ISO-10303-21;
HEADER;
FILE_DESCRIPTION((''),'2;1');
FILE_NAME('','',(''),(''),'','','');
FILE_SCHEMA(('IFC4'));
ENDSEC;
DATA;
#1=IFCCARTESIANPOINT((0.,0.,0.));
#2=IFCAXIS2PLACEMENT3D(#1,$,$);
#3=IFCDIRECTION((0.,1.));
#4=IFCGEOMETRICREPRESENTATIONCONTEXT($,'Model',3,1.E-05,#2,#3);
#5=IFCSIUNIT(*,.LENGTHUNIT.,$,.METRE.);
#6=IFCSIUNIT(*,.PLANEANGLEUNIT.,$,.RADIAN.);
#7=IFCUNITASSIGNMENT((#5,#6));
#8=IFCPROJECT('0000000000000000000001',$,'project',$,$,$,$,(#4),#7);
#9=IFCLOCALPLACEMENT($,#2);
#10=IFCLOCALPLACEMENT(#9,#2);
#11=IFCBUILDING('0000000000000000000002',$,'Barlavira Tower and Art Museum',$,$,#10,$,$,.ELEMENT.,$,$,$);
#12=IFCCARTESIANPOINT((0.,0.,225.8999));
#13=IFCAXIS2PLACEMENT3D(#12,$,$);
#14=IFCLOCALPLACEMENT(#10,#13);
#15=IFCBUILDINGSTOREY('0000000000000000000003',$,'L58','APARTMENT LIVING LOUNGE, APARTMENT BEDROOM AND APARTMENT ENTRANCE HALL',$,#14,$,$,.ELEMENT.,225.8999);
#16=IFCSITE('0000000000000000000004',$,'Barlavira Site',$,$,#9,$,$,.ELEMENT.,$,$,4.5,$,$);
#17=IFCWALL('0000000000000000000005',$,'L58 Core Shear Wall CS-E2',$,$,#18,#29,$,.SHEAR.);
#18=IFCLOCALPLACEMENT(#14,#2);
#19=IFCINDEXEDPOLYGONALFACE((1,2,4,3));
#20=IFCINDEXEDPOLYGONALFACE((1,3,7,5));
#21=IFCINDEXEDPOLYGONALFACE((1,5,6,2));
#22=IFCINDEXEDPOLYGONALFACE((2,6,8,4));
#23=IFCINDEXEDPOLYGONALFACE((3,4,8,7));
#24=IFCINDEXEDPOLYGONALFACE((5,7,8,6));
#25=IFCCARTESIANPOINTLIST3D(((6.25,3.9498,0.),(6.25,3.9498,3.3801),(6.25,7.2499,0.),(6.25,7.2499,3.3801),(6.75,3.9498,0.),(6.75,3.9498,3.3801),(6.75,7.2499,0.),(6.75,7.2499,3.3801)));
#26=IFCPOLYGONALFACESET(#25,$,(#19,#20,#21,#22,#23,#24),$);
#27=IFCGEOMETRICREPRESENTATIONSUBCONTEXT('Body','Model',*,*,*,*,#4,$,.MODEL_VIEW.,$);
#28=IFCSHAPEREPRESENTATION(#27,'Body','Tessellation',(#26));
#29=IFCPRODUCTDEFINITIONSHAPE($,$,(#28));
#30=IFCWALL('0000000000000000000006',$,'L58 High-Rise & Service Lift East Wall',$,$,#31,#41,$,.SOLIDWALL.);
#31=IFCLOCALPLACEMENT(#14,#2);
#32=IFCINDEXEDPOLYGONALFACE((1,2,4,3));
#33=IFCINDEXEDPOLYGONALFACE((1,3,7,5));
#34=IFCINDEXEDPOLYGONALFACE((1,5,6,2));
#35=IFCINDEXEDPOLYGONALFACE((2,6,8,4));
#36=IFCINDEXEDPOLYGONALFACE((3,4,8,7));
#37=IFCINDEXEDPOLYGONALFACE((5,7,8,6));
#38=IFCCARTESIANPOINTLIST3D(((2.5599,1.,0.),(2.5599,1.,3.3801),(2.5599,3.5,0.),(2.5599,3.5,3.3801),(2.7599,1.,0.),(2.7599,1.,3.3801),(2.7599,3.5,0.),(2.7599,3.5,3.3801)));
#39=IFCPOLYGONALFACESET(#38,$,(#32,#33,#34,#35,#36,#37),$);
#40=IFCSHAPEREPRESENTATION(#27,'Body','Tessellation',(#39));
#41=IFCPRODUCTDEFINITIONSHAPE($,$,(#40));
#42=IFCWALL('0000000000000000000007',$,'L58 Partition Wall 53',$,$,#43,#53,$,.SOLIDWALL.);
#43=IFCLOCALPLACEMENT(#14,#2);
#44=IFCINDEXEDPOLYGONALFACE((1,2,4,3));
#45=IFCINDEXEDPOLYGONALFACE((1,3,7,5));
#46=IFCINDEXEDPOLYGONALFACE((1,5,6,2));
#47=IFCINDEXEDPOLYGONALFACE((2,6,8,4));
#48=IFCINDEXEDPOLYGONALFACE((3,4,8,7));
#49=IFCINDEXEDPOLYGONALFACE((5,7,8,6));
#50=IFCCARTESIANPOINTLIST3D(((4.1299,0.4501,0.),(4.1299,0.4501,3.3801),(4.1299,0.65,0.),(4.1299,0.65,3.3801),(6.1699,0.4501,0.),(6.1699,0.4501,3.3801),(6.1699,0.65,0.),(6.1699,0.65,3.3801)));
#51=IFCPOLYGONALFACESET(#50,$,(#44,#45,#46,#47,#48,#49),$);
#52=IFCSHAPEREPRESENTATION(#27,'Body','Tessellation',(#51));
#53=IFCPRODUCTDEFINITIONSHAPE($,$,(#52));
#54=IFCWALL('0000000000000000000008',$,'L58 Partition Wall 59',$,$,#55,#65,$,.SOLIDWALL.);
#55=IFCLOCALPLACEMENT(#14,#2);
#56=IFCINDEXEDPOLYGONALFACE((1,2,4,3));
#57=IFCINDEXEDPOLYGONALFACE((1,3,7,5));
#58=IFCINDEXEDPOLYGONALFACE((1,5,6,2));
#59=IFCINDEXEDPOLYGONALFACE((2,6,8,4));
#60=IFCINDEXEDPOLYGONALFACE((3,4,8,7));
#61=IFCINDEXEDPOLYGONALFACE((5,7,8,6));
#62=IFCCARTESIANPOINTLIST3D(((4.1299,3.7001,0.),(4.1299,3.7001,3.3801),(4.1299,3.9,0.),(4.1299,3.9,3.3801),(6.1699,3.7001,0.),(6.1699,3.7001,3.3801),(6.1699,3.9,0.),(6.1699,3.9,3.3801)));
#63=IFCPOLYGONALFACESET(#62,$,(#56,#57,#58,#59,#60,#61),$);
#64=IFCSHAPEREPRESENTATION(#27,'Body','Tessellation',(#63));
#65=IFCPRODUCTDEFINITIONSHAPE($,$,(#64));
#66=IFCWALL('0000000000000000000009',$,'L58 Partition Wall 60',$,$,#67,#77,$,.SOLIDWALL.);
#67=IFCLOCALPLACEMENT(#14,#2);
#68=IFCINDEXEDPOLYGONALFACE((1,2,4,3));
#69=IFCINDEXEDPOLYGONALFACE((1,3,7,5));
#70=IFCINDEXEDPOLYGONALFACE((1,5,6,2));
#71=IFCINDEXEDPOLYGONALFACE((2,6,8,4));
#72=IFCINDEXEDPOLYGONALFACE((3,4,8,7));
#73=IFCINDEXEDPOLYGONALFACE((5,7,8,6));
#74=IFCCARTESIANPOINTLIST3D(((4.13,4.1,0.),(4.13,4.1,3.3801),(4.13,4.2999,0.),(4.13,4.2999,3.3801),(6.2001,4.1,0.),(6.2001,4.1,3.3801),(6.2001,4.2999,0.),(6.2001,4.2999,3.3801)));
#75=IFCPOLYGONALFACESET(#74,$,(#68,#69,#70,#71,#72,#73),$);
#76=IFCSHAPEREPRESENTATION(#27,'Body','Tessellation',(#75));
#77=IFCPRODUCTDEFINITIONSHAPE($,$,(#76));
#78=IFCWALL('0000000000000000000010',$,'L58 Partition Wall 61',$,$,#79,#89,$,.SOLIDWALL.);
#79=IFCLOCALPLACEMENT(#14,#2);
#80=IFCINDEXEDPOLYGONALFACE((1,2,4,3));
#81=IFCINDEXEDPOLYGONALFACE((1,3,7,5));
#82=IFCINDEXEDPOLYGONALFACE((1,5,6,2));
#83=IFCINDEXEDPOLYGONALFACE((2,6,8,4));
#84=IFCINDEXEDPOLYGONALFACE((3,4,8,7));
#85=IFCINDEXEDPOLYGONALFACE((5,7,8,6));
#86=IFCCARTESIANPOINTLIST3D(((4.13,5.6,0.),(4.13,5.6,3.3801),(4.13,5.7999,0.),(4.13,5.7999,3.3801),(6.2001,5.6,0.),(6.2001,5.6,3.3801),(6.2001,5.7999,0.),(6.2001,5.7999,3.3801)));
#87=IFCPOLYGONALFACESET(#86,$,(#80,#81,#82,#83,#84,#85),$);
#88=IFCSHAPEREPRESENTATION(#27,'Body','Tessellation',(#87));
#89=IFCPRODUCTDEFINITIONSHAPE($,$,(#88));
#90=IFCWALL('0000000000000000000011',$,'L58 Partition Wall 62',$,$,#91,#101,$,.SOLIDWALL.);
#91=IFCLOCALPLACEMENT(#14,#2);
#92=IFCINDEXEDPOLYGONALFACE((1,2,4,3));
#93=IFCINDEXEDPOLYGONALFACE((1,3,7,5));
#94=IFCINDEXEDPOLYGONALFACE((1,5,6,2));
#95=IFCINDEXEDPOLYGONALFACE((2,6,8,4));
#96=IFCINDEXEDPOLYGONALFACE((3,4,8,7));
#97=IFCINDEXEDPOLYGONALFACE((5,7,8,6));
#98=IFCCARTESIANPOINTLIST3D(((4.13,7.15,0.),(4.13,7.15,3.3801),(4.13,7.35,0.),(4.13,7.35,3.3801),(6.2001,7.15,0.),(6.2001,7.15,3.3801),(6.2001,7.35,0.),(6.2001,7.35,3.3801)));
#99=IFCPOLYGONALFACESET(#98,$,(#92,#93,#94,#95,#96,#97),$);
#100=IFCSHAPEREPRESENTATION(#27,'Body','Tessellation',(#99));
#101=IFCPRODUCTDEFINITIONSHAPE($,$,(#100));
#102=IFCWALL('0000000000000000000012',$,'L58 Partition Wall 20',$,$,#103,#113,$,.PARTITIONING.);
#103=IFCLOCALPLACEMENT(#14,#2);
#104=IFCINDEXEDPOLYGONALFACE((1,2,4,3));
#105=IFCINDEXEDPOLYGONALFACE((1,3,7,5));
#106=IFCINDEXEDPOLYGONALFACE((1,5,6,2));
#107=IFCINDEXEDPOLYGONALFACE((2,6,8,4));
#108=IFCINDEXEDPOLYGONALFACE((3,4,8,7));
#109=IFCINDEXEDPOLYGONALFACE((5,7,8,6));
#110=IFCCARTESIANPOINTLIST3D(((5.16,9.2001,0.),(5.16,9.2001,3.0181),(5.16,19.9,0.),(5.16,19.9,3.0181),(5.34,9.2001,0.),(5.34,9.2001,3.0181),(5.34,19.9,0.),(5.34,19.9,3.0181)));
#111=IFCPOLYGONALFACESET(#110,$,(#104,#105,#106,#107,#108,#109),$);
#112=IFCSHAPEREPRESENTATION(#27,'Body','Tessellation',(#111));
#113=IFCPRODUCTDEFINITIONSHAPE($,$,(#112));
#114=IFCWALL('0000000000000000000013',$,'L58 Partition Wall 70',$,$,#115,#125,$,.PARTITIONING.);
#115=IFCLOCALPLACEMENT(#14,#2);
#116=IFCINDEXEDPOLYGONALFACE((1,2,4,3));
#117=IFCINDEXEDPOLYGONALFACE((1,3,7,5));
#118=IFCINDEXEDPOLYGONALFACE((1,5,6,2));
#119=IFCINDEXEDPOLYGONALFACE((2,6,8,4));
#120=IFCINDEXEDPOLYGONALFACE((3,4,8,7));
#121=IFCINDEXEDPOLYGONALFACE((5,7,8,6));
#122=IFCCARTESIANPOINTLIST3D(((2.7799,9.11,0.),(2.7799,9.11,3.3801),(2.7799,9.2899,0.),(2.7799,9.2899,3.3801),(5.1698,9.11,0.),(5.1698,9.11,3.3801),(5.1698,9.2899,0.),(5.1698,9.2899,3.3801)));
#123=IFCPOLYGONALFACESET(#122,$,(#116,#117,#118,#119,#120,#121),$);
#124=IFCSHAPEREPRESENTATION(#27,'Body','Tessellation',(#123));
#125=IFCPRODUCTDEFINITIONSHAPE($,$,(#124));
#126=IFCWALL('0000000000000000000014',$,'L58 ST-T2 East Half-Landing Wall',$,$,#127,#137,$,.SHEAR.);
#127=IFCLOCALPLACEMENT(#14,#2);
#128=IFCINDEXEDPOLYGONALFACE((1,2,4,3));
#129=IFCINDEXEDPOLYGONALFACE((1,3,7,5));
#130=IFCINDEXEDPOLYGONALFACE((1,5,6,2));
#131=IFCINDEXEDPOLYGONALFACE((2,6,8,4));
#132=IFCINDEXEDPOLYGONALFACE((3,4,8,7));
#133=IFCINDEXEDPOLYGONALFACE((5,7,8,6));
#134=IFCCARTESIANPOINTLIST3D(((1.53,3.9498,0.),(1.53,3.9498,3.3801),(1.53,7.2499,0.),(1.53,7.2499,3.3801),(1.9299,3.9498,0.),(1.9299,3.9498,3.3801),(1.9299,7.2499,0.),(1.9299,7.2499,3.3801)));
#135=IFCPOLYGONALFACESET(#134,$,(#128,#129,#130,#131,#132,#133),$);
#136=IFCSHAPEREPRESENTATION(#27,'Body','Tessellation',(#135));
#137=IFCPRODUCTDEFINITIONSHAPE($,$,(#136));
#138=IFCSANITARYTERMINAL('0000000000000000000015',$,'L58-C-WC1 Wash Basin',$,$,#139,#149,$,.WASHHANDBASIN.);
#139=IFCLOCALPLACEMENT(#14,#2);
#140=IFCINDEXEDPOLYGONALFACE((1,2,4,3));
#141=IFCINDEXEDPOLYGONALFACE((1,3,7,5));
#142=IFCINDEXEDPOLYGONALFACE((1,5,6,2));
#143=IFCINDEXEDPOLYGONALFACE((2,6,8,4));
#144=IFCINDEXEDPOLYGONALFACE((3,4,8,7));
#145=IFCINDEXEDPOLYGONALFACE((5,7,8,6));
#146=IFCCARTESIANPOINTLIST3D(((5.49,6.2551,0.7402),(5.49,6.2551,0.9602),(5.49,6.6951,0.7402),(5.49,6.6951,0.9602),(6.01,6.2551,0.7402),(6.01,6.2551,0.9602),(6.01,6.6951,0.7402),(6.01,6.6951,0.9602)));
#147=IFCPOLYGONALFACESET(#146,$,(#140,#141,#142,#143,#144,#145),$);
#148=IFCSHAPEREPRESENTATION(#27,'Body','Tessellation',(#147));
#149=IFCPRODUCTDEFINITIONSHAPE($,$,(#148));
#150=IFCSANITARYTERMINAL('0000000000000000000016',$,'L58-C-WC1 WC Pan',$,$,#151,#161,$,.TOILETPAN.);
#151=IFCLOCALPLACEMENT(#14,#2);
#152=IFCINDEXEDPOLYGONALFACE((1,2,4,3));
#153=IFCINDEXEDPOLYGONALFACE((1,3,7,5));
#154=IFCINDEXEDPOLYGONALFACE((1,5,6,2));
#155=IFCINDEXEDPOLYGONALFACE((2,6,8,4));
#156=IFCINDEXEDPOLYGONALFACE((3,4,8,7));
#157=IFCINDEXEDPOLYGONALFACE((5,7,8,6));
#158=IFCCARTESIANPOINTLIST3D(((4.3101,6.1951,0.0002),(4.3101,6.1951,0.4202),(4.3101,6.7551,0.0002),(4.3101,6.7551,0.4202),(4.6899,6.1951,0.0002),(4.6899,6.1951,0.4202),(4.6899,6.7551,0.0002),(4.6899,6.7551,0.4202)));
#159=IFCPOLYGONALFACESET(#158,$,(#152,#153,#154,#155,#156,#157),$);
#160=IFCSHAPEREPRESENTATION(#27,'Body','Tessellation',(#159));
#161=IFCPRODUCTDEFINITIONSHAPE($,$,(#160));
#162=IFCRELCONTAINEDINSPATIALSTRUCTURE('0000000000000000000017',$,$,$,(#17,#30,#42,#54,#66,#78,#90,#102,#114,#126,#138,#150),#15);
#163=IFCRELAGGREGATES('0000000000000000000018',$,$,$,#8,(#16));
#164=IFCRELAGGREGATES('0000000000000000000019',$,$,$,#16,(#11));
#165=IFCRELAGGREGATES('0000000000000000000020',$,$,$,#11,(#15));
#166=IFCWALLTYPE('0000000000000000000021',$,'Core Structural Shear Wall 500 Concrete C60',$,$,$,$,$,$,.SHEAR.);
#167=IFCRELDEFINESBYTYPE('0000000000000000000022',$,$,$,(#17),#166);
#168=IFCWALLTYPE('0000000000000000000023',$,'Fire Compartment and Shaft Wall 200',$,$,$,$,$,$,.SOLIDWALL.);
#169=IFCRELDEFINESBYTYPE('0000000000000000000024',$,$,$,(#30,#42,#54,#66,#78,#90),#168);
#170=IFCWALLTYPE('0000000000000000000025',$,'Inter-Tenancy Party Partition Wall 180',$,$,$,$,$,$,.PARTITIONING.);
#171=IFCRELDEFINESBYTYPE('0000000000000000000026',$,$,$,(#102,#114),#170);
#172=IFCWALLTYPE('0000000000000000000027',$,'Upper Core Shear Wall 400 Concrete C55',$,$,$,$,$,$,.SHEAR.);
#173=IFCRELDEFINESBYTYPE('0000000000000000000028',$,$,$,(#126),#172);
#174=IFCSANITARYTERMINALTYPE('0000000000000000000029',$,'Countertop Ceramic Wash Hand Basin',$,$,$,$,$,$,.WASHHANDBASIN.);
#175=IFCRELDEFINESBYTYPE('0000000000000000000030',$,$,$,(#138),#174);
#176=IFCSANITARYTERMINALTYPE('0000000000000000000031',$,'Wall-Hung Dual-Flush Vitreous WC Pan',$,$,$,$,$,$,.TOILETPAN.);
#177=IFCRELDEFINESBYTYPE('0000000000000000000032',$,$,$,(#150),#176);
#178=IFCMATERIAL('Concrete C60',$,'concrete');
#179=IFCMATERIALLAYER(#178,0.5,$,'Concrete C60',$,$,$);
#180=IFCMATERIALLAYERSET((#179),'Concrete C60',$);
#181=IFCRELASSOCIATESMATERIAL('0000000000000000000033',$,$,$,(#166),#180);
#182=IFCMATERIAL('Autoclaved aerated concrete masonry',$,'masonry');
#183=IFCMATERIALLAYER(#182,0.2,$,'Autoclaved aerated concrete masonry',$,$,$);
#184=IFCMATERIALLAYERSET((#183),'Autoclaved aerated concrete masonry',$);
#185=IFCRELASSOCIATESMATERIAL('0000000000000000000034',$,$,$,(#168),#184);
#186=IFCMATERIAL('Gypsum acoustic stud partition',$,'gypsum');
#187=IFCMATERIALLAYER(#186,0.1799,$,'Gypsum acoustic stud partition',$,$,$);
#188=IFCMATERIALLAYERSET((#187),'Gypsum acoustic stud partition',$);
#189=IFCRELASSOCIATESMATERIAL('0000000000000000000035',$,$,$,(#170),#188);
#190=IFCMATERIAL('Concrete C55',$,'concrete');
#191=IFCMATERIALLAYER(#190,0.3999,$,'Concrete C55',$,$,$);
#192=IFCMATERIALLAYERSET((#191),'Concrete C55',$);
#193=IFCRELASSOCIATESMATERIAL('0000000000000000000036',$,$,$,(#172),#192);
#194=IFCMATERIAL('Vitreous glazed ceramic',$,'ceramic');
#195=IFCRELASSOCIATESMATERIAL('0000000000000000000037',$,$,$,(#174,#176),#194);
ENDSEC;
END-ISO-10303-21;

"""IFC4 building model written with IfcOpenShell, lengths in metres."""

from ifc_helpers import new_model, si_unit, direction, frame, frame_2d, origin, origin_2d, place, context, subcontext, project, spatial, rectangle, extrude, material, layer, layer_set, type_object, element, save


model = new_model("IFC4")

# Units and contexts
model_context = context("Model", 3, precision=1e-05, world=origin(), true_north=direction((0.0, 1.0)))
body_context = subcontext(model_context, "Body", "Model", "MODEL_VIEW")
ifc_project = project(units=[si_unit("LENGTHUNIT", "METRE"), si_unit("PLANEANGLEUNIT", "RADIAN")], contexts=[model_context])

# Site, building, storey
site_placement = place(None, origin())
site = spatial("IfcSite", under=ifc_project, at=site_placement, Name="Barlavira Site", CompositionType="ELEMENT", RefElevation=4.5)
building_placement = place(site_placement, origin())
building = spatial("IfcBuilding", under=site, at=building_placement, Name="Barlavira Tower and Art Museum", CompositionType="ELEMENT")
storey_placement = place(building_placement, frame((0.0, 0.0, 225.8999)))
storey = spatial("IfcBuildingStorey", under=building, at=storey_placement, Name="L58", Description="APARTMENT LIVING LOUNGE, APARTMENT BEDROOM AND APARTMENT ENTRANCE HALL", CompositionType="ELEMENT", Elevation=225.8999)

# Shared definitions
ifc_material_1 = material(Name="Gypsum acoustic stud partition", Category="gypsum")

# Walls
ifc_material_2 = material(Name="Concrete C60", Category="concrete")
ifc_layer_1 = layer(ifc_material_2, 0.5, Name="Concrete C60")
ifc_layer_set_1 = layer_set([ifc_layer_1], Name="Concrete C60")
wall_type_1 = type_object("IfcWallType", Name="Core Structural Shear Wall 500 Concrete C60", PredefinedType="SHEAR", material=ifc_layer_set_1)
wall_1_placement = place(storey_placement, frame((6.5, 3.95, 0.0), z_axis=(0.0, 0.0, 1.0), x_axis=(0.0, 1.0, 0.0)))
element("IfcWall", 1, at=wall_1_placement, inside=storey, type_object=wall_type_1, Name="L58 Core Shear Wall CS-E2", PredefinedType="SHEAR", context=body_context, shape_type="SweptSolid", body=[
    extrude(rectangle(XDim=3.3, YDim=0.5, at=frame_2d((1.6499, 0.0))), origin(), (0.0, 0.0, 1.0), 3.3801),
])
ifc_material_3 = material(Name="Autoclaved aerated concrete masonry", Category="masonry")
ifc_layer_2 = layer(ifc_material_3, 0.2, Name="Autoclaved aerated concrete masonry")
ifc_layer_set_2 = layer_set([ifc_layer_2], Name="Autoclaved aerated concrete masonry")
wall_type_2 = type_object("IfcWallType", Name="Fire Compartment and Shaft Wall 200", PredefinedType="SOLIDWALL", material=ifc_layer_set_2)
wall_2_placement = place(storey_placement, frame((2.6599, 1.0, 0.0), z_axis=(0.0, 0.0, 1.0), x_axis=(0.0, 1.0, 0.0)))
element("IfcWall", 2, at=wall_2_placement, inside=storey, type_object=wall_type_2, Name="L58 High-Rise & Service Lift East Wall", PredefinedType="SOLIDWALL", context=body_context, shape_type="SweptSolid", body=[
    extrude(rectangle(XDim=2.5, YDim=0.2, at=frame_2d((1.25, 0.0))), origin(), (0.0, 0.0, 1.0), 3.3801),
])

# Walls
for number, where, z_axis, x_axis, name in (
    (3, (4.1299, 0.55, 0.0), (0.0, 0.0, 1.0), (1.0, 0.0, 0.0), "L58 Partition Wall 53"),
    (4, (4.1299, 3.8, 0.0), (0.0, 0.0, 1.0), (1.0, 0.0, 0.0), "L58 Partition Wall 59"),
):
    element("IfcWall", number, at=place(storey_placement, frame(where, z_axis=z_axis, x_axis=x_axis)), inside=storey, type_object=wall_type_2, Name=name, PredefinedType="SOLIDWALL", context=body_context, shape_type="SweptSolid", body=[
        extrude(rectangle(XDim=2.04, YDim=0.2, at=frame_2d((1.02, 0.0))), origin(), (0.0, 0.0, 1.0), 3.3801),
    ])
for number, where, z_axis, x_axis, name in (
    (5, (4.1299, 4.2, 0.0), (0.0, 0.0, 1.0), (1.0, 0.0, 0.0), "L58 Partition Wall 60"),
    (6, (4.1299, 5.7, 0.0), (0.0, 0.0, 1.0), (1.0, 0.0, 0.0), "L58 Partition Wall 61"),
    (7, (4.1299, 7.25, 0.0), (0.0, 0.0, 1.0), (1.0, 0.0, 0.0), "L58 Partition Wall 62"),
):
    element("IfcWall", number, at=place(storey_placement, frame(where, z_axis=z_axis, x_axis=x_axis)), inside=storey, type_object=wall_type_2, Name=name, PredefinedType="SOLIDWALL", context=body_context, shape_type="SweptSolid", body=[
        extrude(rectangle(XDim=2.0701, YDim=0.2, at=frame_2d((1.0352, 0.0))), origin(), (0.0, 0.0, 1.0), 3.3801),
    ])
ifc_layer_3 = layer(ifc_material_1, 0.1799, Name="Gypsum acoustic stud partition")
ifc_layer_set_3 = layer_set([ifc_layer_3], Name="Gypsum acoustic stud partition")
wall_type_3 = type_object("IfcWallType", Name="Inter-Tenancy Party Partition Wall 180", PredefinedType="PARTITIONING", material=ifc_layer_set_3)
wall_3_placement = place(storey_placement, frame((5.25, 9.2, 0.0), z_axis=(0.0, 0.0, 1.0), x_axis=(0.0, 1.0, 0.0)))
element("IfcWall", 8, at=wall_3_placement, inside=storey, type_object=wall_type_3, Name="L58 Partition Wall 20", PredefinedType="PARTITIONING", context=body_context, shape_type="SweptSolid", body=[
    extrude(rectangle(XDim=10.7, YDim=0.1799, at=frame_2d((5.3501, 0.0))), origin(), (0.0, 0.0, 1.0), 3.0181),
])
wall_4_placement = place(storey_placement, frame((2.78, 9.2, 0.0), z_axis=(0.0, 0.0, 1.0), x_axis=(1.0, 0.0, 0.0)))
element("IfcWall", 9, at=wall_4_placement, inside=storey, type_object=wall_type_3, Name="L58 Partition Wall 70", PredefinedType="PARTITIONING", context=body_context, shape_type="SweptSolid", body=[
    extrude(rectangle(XDim=2.3899, YDim=0.1799, at=frame_2d((1.1948, 0.0))), origin(), (0.0, 0.0, 1.0), 3.3801),
])

# Wall
ifc_material_4 = material(Name="Concrete C55", Category="concrete")
ifc_layer_4 = layer(ifc_material_4, 0.3999, Name="Concrete C55")
ifc_layer_set_4 = layer_set([ifc_layer_4], Name="Concrete C55")
wall_type_4 = type_object("IfcWallType", Name="Upper Core Shear Wall 400 Concrete C55", PredefinedType="SHEAR", material=ifc_layer_set_4)
wall_5_placement = place(storey_placement, frame((1.73, 3.95, 0.0), z_axis=(0.0, 0.0, 1.0), x_axis=(0.0, 1.0, 0.0)))
element("IfcWall", 10, at=wall_5_placement, inside=storey, type_object=wall_type_4, Name="L58 ST-T2 East Half-Landing Wall", PredefinedType="SHEAR", context=body_context, shape_type="SweptSolid", body=[
    extrude(rectangle(XDim=3.3, YDim=0.3999, at=frame_2d((1.6499, 0.0))), origin(), (0.0, 0.0, 1.0), 3.3801),
])

# Sanitary terminals
ifc_material_5 = material(Name="Vitreous glazed ceramic", Category="ceramic")
sanitary_terminal_type_1 = type_object("IfcSanitaryTerminalType", Name="Countertop Ceramic Wash Hand Basin", PredefinedType="WASHHANDBASIN", material=ifc_material_5)
sanitary_terminal_1_placement = place(storey_placement, frame((5.75, 6.4751, 0.7402), z_axis=(0.0, 0.0, 1.0), x_axis=(1.0, 0.0, 0.0)))
element("IfcSanitaryTerminal", 11, at=sanitary_terminal_1_placement, inside=storey, type_object=sanitary_terminal_type_1, Name="L58-C-WC1 Wash Basin", PredefinedType="WASHHANDBASIN", context=body_context, shape_type="SweptSolid", body=[
    extrude(rectangle(XDim=0.52, YDim=0.4399, at=origin_2d()), origin(), (0.0, 0.0, 1.0), 0.22),
])
sanitary_terminal_type_2 = type_object("IfcSanitaryTerminalType", Name="Wall-Hung Dual-Flush Vitreous WC Pan", PredefinedType="TOILETPAN", material=ifc_material_5)
sanitary_terminal_2_placement = place(storey_placement, frame((4.5, 6.4751, 0.0002), z_axis=(0.0, 0.0, 1.0), x_axis=(1.0, 0.0, 0.0)))
element("IfcSanitaryTerminal", 12, at=sanitary_terminal_2_placement, inside=storey, type_object=sanitary_terminal_type_2, Name="L58-C-WC1 WC Pan", PredefinedType="TOILETPAN", context=body_context, shape_type="SweptSolid", body=[
    extrude(rectangle(XDim=0.3799, YDim=0.5601, at=origin_2d()), origin(), (0.0, 0.0, 1.0), 0.4199),
])

save(model, "model.ifc")
